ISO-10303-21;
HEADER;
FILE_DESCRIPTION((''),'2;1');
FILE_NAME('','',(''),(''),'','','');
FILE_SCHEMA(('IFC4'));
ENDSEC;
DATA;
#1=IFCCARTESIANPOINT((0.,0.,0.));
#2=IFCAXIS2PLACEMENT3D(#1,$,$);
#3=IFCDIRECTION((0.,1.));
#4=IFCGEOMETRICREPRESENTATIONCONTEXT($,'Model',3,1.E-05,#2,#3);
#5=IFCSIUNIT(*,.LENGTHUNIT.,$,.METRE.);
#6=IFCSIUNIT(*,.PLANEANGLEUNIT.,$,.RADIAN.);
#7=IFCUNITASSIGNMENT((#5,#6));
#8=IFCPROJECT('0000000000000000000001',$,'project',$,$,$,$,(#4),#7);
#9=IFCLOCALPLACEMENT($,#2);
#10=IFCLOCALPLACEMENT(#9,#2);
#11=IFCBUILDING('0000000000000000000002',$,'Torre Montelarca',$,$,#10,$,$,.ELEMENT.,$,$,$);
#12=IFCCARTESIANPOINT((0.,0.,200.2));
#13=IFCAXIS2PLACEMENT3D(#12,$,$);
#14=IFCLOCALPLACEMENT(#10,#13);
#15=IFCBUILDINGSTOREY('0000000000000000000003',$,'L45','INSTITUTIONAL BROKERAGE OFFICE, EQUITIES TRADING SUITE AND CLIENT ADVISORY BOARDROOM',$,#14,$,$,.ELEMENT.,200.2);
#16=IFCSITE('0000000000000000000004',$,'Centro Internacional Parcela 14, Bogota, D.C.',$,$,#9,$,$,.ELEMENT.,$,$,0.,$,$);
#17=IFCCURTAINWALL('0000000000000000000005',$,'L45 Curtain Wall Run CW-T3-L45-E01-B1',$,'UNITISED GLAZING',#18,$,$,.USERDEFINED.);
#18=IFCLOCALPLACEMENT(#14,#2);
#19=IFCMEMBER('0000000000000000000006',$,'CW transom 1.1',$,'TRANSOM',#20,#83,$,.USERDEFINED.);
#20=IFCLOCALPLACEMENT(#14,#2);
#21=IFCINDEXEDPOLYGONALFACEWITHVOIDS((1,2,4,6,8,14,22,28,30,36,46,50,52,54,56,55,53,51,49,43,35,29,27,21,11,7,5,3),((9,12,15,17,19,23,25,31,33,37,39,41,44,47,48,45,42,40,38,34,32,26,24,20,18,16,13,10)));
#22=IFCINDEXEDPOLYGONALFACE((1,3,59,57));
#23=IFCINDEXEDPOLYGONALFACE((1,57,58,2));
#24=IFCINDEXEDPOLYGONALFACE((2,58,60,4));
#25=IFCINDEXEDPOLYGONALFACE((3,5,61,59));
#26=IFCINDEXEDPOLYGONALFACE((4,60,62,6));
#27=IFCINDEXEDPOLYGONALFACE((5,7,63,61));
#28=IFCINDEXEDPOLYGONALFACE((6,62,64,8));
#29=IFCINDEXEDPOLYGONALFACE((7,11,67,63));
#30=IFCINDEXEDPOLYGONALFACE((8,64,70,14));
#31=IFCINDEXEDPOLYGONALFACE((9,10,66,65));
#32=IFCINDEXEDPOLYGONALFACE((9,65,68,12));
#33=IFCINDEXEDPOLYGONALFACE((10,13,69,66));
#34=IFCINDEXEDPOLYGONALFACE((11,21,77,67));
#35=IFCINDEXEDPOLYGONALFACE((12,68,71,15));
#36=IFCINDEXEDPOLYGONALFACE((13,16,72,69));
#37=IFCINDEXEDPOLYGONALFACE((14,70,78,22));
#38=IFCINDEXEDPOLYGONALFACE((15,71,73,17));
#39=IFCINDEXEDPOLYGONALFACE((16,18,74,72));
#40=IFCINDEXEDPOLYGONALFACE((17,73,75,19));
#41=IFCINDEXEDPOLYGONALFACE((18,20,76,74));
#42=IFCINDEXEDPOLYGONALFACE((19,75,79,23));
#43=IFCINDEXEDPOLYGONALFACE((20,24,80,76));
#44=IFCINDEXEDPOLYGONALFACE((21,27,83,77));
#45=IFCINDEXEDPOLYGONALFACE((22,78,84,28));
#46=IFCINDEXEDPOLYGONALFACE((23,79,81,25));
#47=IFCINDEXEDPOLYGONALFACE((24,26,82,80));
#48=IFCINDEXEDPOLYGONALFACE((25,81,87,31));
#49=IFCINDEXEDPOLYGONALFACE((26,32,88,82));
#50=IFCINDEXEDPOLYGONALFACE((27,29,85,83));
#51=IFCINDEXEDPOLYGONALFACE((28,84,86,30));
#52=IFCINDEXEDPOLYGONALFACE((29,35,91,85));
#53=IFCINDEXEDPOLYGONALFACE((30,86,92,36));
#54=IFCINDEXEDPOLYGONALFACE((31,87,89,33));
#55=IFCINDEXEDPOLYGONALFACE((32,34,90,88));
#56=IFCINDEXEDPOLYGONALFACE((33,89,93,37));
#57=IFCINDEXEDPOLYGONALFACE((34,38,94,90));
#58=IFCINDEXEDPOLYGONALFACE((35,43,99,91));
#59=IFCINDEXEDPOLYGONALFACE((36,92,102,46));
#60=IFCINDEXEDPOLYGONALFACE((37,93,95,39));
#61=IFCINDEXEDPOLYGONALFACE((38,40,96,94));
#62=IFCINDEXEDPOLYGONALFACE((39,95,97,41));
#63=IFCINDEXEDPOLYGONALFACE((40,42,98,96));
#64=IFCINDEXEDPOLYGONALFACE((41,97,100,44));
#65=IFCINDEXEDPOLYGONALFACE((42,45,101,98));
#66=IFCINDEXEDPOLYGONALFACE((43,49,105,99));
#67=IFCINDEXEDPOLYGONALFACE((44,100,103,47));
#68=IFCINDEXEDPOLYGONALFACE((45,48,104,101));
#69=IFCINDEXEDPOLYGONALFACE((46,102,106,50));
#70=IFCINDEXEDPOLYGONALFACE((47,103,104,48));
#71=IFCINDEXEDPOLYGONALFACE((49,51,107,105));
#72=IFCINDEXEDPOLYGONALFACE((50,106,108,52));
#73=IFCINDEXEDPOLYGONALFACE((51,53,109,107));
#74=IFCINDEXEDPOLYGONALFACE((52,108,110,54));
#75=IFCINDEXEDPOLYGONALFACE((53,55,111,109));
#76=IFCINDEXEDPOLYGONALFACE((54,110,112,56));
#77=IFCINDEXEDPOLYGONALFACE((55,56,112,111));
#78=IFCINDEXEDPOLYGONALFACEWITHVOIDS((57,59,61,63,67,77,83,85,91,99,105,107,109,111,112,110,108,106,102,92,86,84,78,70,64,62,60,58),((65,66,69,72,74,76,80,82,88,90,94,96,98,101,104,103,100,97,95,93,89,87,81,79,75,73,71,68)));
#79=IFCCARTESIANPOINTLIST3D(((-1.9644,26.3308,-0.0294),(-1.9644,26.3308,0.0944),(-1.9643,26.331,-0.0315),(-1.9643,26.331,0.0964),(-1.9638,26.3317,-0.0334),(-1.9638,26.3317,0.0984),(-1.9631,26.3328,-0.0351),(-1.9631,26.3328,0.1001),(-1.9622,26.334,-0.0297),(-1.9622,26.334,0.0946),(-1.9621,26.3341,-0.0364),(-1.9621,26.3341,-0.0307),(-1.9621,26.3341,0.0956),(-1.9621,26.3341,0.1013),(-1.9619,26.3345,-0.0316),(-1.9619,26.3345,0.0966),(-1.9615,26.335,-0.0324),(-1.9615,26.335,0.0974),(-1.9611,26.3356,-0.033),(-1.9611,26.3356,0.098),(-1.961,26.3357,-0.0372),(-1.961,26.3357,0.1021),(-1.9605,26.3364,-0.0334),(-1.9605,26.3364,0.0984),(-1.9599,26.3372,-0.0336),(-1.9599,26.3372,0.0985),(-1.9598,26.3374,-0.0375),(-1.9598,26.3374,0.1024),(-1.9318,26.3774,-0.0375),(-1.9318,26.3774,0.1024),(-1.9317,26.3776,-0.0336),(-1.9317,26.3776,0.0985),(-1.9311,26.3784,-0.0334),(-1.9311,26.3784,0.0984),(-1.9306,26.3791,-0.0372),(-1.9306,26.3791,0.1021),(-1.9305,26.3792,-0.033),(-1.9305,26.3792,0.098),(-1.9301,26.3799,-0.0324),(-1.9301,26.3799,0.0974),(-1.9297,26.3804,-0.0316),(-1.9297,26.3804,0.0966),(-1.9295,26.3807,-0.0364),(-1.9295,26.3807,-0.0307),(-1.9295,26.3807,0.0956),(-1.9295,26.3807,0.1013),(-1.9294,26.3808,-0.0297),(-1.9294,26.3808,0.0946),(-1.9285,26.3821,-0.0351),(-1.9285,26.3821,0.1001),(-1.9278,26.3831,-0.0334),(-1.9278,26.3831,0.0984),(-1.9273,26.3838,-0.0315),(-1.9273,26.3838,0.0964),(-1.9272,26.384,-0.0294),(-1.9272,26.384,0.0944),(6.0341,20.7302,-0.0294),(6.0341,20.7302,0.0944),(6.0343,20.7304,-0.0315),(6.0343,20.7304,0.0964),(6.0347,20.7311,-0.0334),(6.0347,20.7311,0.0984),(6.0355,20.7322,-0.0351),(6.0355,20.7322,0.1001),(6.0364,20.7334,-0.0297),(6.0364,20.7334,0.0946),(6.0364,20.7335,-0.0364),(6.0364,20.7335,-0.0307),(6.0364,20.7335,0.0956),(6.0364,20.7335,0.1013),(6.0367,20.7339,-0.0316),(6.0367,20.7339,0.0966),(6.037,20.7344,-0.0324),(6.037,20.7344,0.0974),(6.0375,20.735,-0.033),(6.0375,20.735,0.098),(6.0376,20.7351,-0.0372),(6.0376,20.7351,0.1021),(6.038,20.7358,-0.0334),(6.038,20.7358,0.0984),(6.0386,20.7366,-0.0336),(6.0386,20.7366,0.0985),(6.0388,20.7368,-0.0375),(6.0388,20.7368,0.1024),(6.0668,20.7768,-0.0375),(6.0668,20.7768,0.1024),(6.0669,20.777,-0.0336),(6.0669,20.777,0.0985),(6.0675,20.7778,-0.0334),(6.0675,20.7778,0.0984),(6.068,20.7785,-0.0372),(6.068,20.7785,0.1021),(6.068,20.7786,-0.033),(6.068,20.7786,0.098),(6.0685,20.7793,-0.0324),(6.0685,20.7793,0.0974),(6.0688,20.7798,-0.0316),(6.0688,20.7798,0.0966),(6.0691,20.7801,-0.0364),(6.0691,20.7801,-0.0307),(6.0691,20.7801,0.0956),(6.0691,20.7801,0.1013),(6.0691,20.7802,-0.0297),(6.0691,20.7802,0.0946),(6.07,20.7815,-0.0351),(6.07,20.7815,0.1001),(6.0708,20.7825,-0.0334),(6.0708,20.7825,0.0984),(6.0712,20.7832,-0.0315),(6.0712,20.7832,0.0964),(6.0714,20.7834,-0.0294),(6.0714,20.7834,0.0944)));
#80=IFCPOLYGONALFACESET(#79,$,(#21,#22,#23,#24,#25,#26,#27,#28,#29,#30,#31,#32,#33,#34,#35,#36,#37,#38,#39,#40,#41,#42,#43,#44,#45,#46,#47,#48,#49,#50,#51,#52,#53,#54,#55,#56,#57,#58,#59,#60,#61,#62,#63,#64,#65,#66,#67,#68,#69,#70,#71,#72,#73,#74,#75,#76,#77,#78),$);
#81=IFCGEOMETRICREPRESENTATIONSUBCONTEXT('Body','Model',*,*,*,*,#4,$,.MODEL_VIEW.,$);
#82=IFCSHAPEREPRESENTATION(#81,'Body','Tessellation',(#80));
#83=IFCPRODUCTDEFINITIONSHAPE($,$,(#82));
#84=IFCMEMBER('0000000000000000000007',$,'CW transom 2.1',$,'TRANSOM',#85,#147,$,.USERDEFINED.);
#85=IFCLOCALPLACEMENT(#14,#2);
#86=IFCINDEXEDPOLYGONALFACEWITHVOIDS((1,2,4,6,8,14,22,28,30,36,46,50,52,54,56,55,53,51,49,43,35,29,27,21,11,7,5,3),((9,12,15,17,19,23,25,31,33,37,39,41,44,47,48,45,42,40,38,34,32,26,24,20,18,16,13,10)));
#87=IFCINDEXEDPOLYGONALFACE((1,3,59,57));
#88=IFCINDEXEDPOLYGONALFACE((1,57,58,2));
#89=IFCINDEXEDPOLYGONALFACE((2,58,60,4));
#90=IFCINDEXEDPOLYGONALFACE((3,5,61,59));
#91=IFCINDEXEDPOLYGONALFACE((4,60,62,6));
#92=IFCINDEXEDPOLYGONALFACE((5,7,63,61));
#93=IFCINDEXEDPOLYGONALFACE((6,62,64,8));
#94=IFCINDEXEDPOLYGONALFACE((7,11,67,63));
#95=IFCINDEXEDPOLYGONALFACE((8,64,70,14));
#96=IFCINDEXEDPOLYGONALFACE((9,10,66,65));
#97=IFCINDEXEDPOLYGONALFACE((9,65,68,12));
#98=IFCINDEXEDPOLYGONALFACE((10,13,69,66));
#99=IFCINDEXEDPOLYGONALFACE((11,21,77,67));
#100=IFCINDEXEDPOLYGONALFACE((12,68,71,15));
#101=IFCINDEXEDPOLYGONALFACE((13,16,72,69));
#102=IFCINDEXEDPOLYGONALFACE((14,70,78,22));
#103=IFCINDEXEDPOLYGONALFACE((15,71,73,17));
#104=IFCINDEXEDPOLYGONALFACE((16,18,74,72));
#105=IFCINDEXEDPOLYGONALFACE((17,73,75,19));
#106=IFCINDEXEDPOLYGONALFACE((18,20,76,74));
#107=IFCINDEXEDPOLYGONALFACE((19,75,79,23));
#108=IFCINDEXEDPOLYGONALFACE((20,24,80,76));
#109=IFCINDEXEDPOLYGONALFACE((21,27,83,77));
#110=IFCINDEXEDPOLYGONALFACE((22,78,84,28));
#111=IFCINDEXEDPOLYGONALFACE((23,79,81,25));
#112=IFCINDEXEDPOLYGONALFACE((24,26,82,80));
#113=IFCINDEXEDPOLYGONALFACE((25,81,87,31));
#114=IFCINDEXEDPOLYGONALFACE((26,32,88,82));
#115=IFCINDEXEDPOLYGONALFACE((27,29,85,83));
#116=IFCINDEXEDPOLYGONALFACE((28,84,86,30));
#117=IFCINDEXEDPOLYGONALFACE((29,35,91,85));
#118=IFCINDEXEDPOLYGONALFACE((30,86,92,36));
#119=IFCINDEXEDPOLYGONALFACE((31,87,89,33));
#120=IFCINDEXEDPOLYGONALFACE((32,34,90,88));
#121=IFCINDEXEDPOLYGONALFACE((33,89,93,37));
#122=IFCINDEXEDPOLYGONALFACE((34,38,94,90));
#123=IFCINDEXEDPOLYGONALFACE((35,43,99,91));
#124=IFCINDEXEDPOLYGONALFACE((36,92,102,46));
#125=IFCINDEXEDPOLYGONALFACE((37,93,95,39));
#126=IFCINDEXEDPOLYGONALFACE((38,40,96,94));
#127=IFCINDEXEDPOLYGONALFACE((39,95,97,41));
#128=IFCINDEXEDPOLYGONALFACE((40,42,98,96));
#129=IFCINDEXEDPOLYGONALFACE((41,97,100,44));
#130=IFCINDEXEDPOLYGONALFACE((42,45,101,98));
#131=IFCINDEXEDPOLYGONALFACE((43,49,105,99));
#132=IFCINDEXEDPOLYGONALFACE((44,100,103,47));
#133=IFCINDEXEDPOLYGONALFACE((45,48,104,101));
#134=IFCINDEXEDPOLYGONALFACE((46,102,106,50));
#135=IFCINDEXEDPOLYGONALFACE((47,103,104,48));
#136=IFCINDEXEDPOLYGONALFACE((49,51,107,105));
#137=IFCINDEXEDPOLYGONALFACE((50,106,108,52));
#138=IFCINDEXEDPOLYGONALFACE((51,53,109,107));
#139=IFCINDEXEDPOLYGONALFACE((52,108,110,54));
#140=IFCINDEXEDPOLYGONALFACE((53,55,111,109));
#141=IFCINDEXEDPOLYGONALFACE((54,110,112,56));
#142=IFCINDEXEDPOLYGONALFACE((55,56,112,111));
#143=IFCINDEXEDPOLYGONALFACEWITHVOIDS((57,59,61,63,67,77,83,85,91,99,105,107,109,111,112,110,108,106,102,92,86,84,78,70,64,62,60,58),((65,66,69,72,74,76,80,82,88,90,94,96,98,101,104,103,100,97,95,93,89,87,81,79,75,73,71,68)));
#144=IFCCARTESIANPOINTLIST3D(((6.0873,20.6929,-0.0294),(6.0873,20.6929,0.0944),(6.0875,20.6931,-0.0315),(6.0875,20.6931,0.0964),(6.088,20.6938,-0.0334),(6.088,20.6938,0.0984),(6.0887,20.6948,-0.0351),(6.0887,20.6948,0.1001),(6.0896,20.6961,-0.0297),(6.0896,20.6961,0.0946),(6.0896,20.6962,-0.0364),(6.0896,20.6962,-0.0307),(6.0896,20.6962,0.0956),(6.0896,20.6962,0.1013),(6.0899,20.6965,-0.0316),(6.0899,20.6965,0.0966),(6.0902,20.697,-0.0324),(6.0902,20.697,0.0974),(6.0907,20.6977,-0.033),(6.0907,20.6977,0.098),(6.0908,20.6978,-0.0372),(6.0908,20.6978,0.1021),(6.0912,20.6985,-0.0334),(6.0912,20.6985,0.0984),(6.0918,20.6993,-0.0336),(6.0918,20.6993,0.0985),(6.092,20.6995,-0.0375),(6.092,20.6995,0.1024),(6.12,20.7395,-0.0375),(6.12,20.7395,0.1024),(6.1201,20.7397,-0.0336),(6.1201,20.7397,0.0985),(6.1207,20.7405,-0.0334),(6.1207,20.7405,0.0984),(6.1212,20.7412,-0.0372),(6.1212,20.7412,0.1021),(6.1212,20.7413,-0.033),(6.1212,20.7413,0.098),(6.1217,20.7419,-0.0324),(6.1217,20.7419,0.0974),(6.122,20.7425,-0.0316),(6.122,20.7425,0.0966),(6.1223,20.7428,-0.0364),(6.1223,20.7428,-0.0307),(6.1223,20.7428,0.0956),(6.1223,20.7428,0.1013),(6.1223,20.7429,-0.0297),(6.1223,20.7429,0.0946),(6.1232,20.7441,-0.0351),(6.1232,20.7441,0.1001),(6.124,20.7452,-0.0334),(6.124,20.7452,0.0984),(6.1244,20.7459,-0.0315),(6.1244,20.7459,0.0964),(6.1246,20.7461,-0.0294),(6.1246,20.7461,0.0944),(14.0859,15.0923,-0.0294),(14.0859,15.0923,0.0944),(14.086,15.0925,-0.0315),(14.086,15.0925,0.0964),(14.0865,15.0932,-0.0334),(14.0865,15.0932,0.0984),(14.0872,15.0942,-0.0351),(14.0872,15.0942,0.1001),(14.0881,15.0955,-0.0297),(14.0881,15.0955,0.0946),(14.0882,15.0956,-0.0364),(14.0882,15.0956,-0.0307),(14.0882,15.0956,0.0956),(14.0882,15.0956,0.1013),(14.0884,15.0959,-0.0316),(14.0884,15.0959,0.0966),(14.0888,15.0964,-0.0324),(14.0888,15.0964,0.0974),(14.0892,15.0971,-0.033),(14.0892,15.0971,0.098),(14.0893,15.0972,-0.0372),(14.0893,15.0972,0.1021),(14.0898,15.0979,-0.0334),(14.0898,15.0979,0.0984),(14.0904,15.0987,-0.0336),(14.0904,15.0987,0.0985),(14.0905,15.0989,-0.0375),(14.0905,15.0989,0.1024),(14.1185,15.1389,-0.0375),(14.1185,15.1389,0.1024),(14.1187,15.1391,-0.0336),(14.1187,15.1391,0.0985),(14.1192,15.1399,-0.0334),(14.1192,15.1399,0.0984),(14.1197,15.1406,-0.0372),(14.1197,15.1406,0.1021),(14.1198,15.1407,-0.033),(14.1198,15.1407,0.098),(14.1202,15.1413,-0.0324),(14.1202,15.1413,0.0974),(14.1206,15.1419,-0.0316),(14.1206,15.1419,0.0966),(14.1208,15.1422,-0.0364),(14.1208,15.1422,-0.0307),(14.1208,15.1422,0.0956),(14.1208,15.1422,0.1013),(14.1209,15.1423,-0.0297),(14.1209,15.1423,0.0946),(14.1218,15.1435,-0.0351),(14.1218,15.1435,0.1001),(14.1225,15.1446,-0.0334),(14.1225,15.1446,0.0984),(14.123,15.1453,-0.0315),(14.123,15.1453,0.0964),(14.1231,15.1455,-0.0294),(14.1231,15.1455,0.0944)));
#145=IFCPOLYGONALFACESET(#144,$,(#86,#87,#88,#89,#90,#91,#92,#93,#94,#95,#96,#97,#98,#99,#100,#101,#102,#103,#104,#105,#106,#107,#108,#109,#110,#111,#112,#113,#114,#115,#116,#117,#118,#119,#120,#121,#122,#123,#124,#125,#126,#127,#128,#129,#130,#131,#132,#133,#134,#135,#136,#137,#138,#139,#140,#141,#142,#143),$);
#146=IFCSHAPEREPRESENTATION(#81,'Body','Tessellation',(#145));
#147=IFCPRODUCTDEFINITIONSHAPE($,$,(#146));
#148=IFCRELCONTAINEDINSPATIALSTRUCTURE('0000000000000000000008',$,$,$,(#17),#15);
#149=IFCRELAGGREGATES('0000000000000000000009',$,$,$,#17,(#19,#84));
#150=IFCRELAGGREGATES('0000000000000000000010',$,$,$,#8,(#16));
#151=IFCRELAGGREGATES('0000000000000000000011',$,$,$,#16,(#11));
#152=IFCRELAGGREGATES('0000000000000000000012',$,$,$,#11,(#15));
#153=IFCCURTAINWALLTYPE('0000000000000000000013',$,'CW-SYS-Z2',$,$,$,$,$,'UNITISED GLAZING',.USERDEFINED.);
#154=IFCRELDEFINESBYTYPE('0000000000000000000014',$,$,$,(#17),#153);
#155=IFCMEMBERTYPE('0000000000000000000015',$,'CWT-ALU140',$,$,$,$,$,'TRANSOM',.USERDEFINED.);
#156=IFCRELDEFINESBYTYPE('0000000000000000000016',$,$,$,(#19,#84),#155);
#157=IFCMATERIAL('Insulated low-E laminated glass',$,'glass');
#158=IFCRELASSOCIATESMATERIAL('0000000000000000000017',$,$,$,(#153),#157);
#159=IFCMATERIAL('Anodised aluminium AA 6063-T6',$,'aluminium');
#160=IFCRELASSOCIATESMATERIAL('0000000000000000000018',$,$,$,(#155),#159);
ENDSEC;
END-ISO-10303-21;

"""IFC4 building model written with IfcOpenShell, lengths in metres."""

from ifc_helpers import new_model, si_unit, direction, frame, origin, origin_2d, place, context, subcontext, project, spatial, hollow_rectangle, extrude, source, transform, mapped, material, material_profile, profile_set, type_object, element, aggregate, save


model = new_model("IFC4")

# Units and contexts
model_context = context("Model", 3, precision=1e-05, world=origin(), true_north=direction((0.0, 1.0)))
body_context = subcontext(model_context, "Body", "Model", "MODEL_VIEW")
ifc_project = project(units=[si_unit("LENGTHUNIT", "METRE"), si_unit("PLANEANGLEUNIT", "RADIAN")], contexts=[model_context])

# Site, building, storey
site_placement = place(None, origin())
site = spatial("IfcSite", under=ifc_project, at=site_placement, Name="Centro Internacional Parcela 14, Bogota, D.C.", CompositionType="ELEMENT", RefElevation=0.0)
building_placement = place(site_placement, origin())
building = spatial("IfcBuilding", under=site, at=building_placement, Name="Torre Montelarca", CompositionType="ELEMENT")
storey_placement = place(building_placement, frame((0.0, 0.0, 200.2)))
storey = spatial("IfcBuildingStorey", under=building, at=storey_placement, Name="L45", Description="INSTITUTIONAL BROKERAGE OFFICE, EQUITIES TRADING SUITE AND CLIENT ADVISORY BOARDROOM", CompositionType="ELEMENT", Elevation=200.2)

# Curtain wall
ifc_material_1 = material(Name="Insulated low-E laminated glass", Category="glass")
curtain_wall_type = type_object("IfcCurtainWallType", Name="CW-SYS-Z2", ElementType="UNITISED GLAZING", PredefinedType="USERDEFINED", material=ifc_material_1)
curtain_wall_1_placement = place(storey_placement, origin())
curtain_wall_1 = element("IfcCurtainWall", 1, at=curtain_wall_1_placement, inside=storey, type_object=curtain_wall_type, Name="L45 Curtain Wall Run CW-T3-L45-E01-B1", ObjectType="UNITISED GLAZING", PredefinedType="USERDEFINED")
ifc_material_2 = material(Name="Anodised aluminium AA 6063-T6", Category="aluminium")

# Members
ifc_material_profile_1 = material_profile(ifc_material_2, hollow_rectangle(XDim=0.0649, YDim=0.1399, WallThickness=0.0039, InnerFilletRadius=0.0039, OuterFilletRadius=0.0081, at=origin_2d()), Name="ALU65X140X4", Category="aluminium")
ifc_profile_set_1 = profile_set([ifc_material_profile_1], Name="Anodised aluminium AA 6063-T6")
member_type_1 = type_object("IfcMemberType", Name="CWT-ALU140", ElementType="TRANSOM", PredefinedType="USERDEFINED", material=ifc_profile_set_1)
shared_shape_1 = source(origin(), body_context, "Body", "SweptSolid", [
    extrude(hollow_rectangle(XDim=0.0649, YDim=0.1399, WallThickness=0.0039, InnerFilletRadius=0.0039, OuterFilletRadius=0.0081, at=origin_2d()), origin(), (0.0, 0.0, 1.0), 9.7644),
])
member_1_placement = place(storey_placement, frame((-1.9458, 26.3574, 0.0325), z_axis=(0.819154, -0.573573, 0.0), x_axis=(0.573573, 0.819154, 0.0)))
member_1 = element("IfcMember", 2, at=member_1_placement, type_object=member_type_1, Name="CW transom 1.1", ObjectType="TRANSOM", PredefinedType="USERDEFINED", context=body_context, shape_type="MappedRepresentation", body=[
    mapped(shared_shape_1, transform((0.0, 0.0, 0.0), scale=1.0)),
])
member_2_placement = place(storey_placement, frame((6.106, 20.7195, 0.0325), z_axis=(0.819154, -0.573573, 0.0), x_axis=(0.573573, 0.819154, 0.0)))
member_2 = element("IfcMember", 3, at=member_2_placement, type_object=member_type_1, Name="CW transom 2.1", ObjectType="TRANSOM", PredefinedType="USERDEFINED", context=body_context, shape_type="MappedRepresentation", body=[
    mapped(shared_shape_1, transform((0.0, 0.0, 0.0), scale=1.0)),
])

aggregate(curtain_wall_1, [member_1, member_2])

save(model, "model.ifc")
